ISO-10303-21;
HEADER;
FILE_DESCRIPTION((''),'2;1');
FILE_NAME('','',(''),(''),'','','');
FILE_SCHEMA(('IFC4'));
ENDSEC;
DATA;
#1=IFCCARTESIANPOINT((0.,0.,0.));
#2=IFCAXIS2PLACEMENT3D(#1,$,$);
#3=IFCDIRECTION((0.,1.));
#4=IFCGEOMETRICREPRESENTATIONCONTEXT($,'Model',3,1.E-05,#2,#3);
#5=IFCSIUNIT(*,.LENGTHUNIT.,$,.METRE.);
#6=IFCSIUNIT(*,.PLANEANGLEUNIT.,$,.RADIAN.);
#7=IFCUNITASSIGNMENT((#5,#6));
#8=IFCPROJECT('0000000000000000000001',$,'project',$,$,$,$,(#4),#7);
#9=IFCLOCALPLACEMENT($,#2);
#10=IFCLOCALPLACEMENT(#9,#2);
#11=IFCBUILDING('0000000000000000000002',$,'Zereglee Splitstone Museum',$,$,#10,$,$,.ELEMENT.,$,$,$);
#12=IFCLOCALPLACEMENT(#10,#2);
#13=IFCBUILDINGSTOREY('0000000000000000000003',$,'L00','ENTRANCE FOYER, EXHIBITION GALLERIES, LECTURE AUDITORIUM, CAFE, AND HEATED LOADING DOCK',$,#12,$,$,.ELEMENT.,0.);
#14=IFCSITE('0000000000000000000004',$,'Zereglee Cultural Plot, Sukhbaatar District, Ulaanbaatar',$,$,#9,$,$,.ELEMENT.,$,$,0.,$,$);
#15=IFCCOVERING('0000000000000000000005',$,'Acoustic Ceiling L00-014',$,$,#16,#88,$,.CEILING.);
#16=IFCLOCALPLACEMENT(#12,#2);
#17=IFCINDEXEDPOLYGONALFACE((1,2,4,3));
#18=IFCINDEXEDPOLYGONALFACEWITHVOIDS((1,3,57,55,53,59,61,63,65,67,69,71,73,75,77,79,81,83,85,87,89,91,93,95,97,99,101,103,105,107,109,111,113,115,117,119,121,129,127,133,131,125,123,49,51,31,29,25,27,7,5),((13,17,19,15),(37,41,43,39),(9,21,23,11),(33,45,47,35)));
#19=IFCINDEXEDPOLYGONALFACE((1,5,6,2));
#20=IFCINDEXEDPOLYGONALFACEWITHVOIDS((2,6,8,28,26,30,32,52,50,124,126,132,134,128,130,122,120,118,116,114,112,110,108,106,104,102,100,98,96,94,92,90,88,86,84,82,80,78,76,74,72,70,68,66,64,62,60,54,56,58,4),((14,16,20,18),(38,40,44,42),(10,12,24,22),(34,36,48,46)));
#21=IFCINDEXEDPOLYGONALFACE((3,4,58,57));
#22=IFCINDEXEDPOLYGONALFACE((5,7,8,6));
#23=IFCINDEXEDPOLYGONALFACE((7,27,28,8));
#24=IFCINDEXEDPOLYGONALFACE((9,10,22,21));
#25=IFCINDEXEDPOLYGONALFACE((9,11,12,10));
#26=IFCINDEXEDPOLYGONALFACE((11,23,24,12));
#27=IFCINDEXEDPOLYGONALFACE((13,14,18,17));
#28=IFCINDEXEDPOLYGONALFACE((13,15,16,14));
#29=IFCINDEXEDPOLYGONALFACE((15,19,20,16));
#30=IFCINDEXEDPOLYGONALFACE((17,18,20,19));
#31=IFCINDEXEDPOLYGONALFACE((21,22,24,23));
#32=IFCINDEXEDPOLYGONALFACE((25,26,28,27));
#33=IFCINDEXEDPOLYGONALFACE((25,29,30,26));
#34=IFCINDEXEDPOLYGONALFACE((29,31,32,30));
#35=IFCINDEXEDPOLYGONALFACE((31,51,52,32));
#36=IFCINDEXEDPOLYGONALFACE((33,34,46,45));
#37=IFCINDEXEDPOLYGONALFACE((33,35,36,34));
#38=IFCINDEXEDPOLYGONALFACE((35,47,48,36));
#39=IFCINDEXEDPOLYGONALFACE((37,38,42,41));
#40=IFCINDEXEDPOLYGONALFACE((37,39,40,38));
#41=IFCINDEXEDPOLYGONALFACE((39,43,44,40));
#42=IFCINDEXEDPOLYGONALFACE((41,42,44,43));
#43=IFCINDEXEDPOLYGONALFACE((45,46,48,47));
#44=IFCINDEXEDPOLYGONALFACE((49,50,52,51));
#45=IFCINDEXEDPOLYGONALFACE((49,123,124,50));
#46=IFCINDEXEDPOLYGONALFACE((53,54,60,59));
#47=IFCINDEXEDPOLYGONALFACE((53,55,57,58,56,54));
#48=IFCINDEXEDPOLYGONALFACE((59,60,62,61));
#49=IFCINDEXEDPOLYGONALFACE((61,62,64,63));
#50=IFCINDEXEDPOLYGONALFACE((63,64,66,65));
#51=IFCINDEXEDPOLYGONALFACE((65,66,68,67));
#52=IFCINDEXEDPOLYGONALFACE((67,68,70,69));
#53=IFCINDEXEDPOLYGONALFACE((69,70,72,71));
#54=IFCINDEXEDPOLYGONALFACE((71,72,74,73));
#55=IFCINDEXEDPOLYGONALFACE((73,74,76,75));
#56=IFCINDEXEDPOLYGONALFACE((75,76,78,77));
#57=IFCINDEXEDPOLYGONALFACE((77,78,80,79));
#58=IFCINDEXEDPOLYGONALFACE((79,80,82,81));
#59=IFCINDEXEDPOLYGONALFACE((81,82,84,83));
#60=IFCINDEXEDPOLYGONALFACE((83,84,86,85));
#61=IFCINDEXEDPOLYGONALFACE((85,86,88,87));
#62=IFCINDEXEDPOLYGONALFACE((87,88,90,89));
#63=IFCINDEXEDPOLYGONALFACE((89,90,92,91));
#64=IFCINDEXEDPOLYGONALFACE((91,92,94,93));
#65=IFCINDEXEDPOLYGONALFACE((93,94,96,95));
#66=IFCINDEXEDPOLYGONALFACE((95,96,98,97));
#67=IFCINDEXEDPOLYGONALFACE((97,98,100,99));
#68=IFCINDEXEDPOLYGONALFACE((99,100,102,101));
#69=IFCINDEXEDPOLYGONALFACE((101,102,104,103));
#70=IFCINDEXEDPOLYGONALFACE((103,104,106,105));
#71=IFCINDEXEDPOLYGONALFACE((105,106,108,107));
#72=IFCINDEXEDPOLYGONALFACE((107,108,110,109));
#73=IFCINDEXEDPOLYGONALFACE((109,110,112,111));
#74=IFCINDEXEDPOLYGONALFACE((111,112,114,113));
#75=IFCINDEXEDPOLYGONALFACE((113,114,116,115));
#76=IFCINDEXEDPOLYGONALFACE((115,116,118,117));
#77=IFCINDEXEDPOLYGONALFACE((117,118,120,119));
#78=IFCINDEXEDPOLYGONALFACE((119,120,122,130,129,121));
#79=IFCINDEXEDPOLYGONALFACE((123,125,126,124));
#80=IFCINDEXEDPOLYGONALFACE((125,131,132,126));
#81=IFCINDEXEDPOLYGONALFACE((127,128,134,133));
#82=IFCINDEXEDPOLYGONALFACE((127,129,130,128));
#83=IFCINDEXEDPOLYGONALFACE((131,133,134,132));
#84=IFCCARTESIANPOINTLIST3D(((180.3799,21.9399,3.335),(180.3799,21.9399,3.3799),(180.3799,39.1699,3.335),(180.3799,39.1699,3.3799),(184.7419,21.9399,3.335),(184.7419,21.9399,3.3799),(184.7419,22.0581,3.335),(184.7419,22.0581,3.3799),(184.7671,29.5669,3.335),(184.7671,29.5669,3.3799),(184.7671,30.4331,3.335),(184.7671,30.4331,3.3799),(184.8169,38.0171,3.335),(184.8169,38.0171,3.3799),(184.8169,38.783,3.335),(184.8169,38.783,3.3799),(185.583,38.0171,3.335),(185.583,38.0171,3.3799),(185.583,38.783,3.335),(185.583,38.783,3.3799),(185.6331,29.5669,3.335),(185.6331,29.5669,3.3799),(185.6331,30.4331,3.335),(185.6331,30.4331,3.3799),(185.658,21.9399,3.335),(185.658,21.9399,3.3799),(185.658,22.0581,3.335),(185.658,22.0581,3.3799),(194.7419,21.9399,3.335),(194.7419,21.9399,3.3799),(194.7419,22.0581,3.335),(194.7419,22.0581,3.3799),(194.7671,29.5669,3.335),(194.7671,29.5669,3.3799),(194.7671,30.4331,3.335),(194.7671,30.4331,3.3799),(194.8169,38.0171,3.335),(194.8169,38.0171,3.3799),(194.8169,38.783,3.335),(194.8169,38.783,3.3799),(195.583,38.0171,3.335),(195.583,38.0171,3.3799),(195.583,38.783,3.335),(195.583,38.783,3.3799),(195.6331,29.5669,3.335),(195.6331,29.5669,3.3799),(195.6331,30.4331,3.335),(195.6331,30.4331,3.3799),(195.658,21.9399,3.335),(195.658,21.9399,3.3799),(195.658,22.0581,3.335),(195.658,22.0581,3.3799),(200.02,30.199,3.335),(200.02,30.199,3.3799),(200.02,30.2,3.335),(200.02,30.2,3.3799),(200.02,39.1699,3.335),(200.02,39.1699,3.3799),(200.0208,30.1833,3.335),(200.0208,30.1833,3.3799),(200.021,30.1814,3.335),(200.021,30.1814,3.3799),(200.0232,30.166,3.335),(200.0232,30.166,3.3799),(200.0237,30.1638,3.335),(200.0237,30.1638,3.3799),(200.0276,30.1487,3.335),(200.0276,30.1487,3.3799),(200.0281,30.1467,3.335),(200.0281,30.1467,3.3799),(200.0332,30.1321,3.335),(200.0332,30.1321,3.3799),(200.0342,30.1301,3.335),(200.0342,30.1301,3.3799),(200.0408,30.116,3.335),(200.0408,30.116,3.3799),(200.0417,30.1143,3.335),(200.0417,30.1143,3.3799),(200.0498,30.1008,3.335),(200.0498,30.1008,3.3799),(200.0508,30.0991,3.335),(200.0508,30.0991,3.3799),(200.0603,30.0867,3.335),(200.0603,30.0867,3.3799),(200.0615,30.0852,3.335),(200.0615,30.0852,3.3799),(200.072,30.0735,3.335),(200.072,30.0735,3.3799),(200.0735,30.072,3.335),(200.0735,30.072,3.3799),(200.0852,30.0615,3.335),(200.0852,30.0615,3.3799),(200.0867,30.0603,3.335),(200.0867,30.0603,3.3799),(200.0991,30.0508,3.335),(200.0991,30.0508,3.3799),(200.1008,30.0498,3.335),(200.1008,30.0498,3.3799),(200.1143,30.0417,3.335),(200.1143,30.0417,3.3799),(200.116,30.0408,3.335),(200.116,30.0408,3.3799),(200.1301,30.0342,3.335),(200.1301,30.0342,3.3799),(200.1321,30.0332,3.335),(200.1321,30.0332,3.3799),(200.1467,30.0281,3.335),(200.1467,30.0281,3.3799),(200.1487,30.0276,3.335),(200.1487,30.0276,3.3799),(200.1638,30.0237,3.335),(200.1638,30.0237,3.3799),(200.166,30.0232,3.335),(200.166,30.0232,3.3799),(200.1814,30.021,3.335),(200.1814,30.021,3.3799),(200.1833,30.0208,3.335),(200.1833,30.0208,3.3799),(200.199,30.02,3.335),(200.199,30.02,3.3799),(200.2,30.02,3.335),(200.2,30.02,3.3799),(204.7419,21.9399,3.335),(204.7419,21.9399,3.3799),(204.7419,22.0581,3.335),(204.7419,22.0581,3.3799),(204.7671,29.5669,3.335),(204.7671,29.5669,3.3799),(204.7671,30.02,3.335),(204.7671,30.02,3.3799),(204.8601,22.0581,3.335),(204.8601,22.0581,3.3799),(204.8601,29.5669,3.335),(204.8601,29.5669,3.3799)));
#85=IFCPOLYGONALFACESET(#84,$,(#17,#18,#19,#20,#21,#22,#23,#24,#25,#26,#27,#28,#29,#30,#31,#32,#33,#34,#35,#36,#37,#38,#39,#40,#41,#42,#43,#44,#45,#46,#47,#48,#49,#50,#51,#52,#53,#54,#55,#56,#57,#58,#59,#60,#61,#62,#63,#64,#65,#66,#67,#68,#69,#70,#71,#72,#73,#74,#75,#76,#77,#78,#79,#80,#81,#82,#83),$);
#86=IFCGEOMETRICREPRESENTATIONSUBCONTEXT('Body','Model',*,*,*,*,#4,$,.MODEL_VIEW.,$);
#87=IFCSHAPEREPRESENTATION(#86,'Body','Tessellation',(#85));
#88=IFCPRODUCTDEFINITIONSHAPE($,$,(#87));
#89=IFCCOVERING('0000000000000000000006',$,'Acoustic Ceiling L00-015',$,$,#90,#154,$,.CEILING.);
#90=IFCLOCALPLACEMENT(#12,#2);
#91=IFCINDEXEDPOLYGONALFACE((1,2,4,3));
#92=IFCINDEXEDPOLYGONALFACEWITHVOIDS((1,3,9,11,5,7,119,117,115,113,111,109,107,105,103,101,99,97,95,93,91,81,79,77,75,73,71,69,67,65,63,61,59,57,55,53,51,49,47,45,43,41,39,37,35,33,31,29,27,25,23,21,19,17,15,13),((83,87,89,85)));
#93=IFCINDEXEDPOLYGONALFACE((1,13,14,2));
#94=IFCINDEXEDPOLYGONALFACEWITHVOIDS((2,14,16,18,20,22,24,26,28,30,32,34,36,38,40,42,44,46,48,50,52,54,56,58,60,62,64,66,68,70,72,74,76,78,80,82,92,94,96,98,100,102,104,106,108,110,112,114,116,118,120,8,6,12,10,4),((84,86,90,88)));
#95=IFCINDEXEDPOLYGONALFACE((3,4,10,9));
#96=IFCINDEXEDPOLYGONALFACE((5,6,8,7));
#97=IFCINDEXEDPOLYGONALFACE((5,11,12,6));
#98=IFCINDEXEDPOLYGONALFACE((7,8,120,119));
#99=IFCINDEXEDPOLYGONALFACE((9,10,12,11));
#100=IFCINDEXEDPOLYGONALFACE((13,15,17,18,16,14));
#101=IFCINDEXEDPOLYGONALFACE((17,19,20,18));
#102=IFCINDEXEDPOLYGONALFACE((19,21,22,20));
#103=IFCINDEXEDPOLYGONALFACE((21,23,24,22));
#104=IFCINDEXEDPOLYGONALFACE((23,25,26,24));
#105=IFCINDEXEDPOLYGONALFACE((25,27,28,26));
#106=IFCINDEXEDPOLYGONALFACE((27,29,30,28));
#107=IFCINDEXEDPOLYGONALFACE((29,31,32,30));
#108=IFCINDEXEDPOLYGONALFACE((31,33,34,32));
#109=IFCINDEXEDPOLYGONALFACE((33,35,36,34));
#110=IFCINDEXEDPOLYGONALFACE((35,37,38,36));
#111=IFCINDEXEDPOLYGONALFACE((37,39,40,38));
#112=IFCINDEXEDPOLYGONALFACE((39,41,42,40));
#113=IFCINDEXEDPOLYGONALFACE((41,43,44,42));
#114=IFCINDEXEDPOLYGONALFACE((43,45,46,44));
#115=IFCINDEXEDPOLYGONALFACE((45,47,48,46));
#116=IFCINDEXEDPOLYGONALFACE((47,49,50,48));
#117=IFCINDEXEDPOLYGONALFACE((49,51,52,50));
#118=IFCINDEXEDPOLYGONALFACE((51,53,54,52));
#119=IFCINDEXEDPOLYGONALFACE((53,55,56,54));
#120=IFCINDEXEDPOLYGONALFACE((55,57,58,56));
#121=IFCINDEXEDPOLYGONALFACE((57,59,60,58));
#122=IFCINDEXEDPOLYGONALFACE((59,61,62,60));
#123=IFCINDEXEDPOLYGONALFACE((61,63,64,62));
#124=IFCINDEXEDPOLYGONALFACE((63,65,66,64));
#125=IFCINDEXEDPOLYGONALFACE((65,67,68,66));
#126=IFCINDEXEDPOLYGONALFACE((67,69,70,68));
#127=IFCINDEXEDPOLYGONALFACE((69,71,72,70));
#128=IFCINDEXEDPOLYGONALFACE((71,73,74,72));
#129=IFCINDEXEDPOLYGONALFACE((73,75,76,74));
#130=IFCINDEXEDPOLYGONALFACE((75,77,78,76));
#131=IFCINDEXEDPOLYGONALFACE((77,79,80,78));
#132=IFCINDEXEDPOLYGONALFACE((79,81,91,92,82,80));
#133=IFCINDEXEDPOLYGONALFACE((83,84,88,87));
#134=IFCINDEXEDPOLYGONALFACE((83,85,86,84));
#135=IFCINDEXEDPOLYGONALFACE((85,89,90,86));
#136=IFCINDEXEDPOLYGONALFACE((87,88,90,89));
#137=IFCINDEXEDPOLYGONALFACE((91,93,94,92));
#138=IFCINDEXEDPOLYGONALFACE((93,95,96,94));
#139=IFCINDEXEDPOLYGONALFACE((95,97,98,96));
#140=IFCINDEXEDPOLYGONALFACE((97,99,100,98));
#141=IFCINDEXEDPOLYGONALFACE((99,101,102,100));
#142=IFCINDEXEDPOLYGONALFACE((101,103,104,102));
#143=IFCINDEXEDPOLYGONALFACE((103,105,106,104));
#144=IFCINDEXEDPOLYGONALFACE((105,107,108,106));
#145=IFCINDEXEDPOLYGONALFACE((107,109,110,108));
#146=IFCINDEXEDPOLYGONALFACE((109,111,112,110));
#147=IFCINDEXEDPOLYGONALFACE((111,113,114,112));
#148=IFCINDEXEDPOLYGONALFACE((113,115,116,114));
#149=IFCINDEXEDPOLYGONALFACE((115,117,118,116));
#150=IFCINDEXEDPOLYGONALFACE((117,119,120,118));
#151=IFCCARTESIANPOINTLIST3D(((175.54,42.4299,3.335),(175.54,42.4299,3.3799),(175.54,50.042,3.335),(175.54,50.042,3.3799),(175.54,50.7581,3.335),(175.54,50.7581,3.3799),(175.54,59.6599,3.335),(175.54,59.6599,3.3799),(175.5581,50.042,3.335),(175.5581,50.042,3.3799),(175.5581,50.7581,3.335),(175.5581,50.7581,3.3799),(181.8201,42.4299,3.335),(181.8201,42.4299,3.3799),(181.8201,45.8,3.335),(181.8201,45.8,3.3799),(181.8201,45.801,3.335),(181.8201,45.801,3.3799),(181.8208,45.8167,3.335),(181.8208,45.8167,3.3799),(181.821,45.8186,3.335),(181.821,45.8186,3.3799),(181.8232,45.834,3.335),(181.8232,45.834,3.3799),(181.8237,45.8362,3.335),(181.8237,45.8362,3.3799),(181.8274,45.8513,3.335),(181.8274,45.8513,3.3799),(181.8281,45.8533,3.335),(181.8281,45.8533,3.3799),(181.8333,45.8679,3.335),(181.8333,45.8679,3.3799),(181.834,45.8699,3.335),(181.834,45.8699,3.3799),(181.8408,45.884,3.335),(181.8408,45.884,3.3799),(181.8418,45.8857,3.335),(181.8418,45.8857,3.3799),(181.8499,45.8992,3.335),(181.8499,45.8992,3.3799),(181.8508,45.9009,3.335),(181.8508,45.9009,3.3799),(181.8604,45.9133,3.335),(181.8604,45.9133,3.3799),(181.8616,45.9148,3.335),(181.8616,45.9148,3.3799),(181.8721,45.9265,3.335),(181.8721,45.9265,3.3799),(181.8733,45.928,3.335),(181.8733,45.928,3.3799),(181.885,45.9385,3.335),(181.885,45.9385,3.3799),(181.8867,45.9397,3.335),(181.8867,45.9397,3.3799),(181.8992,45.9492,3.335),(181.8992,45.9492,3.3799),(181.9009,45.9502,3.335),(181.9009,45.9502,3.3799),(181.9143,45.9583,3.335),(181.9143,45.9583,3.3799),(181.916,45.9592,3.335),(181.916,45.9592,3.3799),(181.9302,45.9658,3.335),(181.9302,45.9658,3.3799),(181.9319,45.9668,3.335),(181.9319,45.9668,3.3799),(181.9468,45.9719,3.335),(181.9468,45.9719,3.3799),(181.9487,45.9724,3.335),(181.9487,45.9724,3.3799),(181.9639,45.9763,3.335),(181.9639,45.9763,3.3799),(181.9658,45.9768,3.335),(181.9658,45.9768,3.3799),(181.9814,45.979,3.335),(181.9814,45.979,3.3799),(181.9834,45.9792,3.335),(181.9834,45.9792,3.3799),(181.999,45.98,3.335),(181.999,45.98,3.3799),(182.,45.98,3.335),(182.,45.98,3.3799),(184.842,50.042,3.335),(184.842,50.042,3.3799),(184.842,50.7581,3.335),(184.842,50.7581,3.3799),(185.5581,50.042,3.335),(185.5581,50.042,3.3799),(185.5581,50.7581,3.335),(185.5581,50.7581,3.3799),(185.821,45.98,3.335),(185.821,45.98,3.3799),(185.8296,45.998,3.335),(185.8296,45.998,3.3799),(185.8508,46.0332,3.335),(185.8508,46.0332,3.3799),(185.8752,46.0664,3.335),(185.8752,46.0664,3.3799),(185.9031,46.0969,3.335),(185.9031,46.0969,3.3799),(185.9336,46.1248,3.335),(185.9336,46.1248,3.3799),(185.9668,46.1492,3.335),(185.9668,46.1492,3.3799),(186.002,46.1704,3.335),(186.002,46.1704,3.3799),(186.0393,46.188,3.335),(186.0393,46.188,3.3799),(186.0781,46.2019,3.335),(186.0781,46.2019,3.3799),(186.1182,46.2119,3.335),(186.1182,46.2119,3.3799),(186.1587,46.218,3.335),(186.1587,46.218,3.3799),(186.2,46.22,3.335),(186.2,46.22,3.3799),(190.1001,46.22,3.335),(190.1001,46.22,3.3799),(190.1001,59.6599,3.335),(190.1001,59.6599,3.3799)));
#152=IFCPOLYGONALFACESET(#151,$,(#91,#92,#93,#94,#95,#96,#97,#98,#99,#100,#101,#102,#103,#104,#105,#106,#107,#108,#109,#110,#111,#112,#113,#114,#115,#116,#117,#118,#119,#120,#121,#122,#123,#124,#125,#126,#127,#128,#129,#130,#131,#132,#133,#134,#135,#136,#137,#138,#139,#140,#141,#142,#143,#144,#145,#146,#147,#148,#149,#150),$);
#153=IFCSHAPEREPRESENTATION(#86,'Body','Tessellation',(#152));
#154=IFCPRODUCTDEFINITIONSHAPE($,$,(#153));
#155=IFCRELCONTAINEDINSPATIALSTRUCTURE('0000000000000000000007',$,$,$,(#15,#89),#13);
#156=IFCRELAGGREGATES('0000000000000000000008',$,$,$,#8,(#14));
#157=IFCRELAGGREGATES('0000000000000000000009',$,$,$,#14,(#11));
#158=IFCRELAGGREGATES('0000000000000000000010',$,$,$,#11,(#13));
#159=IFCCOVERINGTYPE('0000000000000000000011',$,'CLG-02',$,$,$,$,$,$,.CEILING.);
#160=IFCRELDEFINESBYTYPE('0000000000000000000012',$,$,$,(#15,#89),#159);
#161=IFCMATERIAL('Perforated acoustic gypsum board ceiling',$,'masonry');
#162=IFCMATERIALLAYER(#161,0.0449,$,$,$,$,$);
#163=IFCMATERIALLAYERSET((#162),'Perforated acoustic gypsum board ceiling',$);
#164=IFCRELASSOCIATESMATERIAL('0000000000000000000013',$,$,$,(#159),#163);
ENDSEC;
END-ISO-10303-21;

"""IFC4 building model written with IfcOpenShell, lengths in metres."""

from ifc_helpers import new_model, si_unit, direction, frame, origin, place, context, subcontext, project, spatial, polyline, outline, extrude, material, layer, layer_set, type_object, element, save


model = new_model("IFC4")

# Units and contexts
model_context = context("Model", 3, precision=1e-05, world=origin(), true_north=direction((0.0, 1.0)))
body_context = subcontext(model_context, "Body", "Model", "MODEL_VIEW")
ifc_project = project(units=[si_unit("LENGTHUNIT", "METRE"), si_unit("PLANEANGLEUNIT", "RADIAN")], contexts=[model_context])

# Site, building, storey
site_placement = place(None, origin())
site = spatial("IfcSite", under=ifc_project, at=site_placement, Name="Zereglee Cultural Plot, Sukhbaatar District, Ulaanbaatar", CompositionType="ELEMENT", RefElevation=0.0)
building_placement = place(site_placement, origin())
building = spatial("IfcBuilding", under=site, at=building_placement, Name="Zereglee Splitstone Museum", CompositionType="ELEMENT")
storey_placement = place(building_placement, origin())
storey = spatial("IfcBuildingStorey", under=building, at=storey_placement, Name="L00", Description="ENTRANCE FOYER, EXHIBITION GALLERIES, LECTURE AUDITORIUM, CAFE, AND HEATED LOADING DOCK", CompositionType="ELEMENT", Elevation=0.0)

# Coverings
ifc_material_1 = material(Name="Perforated acoustic gypsum board ceiling", Category="masonry")
ifc_layer_1 = layer(ifc_material_1, 0.0449)
ifc_layer_set_1 = layer_set([ifc_layer_1], Name="Perforated acoustic gypsum board ceiling")
covering_type_1 = type_object("IfcCoveringType", Name="CLG-02", PredefinedType="CEILING", material=ifc_layer_set_1)
covering_1_placement = place(storey_placement, frame((0.0, 0.0, 3.335)))
element("IfcCovering", 1, at=covering_1_placement, inside=storey, type_object=covering_type_1, Name="Acoustic Ceiling L00-014", PredefinedType="CEILING", context=body_context, shape_type="SweptSolid", body=[
    extrude(outline(polyline([(180.3799, 39.1699), (200.02, 39.1699), (200.02, 30.2), (200.02, 30.199), (200.0208, 30.1833), (200.021, 30.1814), (200.0232, 30.166), (200.0237, 30.1638), (200.0276, 30.1487), (200.0281, 30.1467), (200.0332, 30.1321), (200.0342, 30.1301), (200.0408, 30.116), (200.0417, 30.1143), (200.0498, 30.1008), (200.0508, 30.0991), (200.0603, 30.0867), (200.0615, 30.0852), (200.072, 30.0735), (200.0735, 30.072), (200.0852, 30.0615), (200.0867, 30.0603), (200.0991, 30.0508), (200.1008, 30.0498), (200.1143, 30.0417), (200.116, 30.0408), (200.1301, 30.0342), (200.1321, 30.0332), (200.1467, 30.0281), (200.1487, 30.0276), (200.1638, 30.0237), (200.166, 30.0232), (200.1814, 30.021), (200.1833, 30.0208), (200.199, 30.02), (200.2, 30.02), (204.7671, 30.02), (204.7671, 29.5669), (204.8601, 29.5669), (204.8601, 22.0581), (204.7419, 22.0581), (204.7419, 21.9399), (195.658, 21.9399), (195.658, 22.0581), (194.7419, 22.0581), (194.7419, 21.9399), (185.658, 21.9399), (185.658, 22.0581), (184.7419, 22.0581), (184.7419, 21.9399), (180.3799, 21.9399), (180.3799, 39.1699)]), holes=[polyline([(194.7671, 30.4331), (194.7671, 29.5669), (195.6331, 29.5669), (195.6331, 30.4331), (194.7671, 30.4331)]), polyline([(185.6331, 30.4331), (184.7671, 30.4331), (184.7671, 29.5669), (185.6331, 29.5669), (185.6331, 30.4331)]), polyline([(194.8169, 38.783), (194.8169, 38.0171), (195.583, 38.0171), (195.583, 38.783), (194.8169, 38.783)]), polyline([(185.583, 38.783), (184.8169, 38.783), (184.8169, 38.0171), (185.583, 38.0171), (185.583, 38.783)])]), origin(), (0.0, 0.0, 1.0), 0.0449),
])
covering_2_placement = place(storey_placement, frame((0.0, 0.0, 3.335)))
element("IfcCovering", 2, at=covering_2_placement, inside=storey, type_object=covering_type_1, Name="Acoustic Ceiling L00-015", PredefinedType="CEILING", context=body_context, shape_type="SweptSolid", body=[
    extrude(outline(polyline([(181.999, 45.98), (181.9834, 45.9792), (181.9814, 45.979), (181.9658, 45.9768), (181.9639, 45.9763), (181.9487, 45.9724), (181.9468, 45.9719), (181.9319, 45.9668), (181.9302, 45.9658), (181.916, 45.9592), (181.9143, 45.9583), (181.9009, 45.9502), (181.8992, 45.9492), (181.8867, 45.9397), (181.885, 45.9385), (181.8733, 45.928), (181.8721, 45.9265), (181.8616, 45.9148), (181.8604, 45.9133), (181.8508, 45.9009), (181.8499, 45.8992), (181.8418, 45.8857), (181.8408, 45.884), (181.834, 45.8699), (181.8333, 45.8679), (181.8281, 45.8533), (181.8274, 45.8513), (181.8237, 45.8362), (181.8232, 45.834), (181.821, 45.8186), (181.8208, 45.8167), (181.8201, 45.801), (181.8201, 45.8), (181.8201, 42.4299), (175.54, 42.4299), (175.54, 50.042), (175.5581, 50.042), (175.5581, 50.7581), (175.54, 50.7581), (175.54, 59.6599), (190.1001, 59.6599), (190.1001, 46.22), (186.2, 46.22), (186.1587, 46.218), (186.1182, 46.2119), (186.0781, 46.2019), (186.0393, 46.188), (186.002, 46.1704), (185.9668, 46.1492), (185.9336, 46.1248), (185.9031, 46.0969), (185.8752, 46.0664), (185.8508, 46.0332), (185.8296, 45.998), (185.821, 45.98), (182.0, 45.98), (181.999, 45.98)]), holes=[polyline([(185.5581, 50.7581), (184.842, 50.7581), (184.842, 50.042), (185.5581, 50.042), (185.5581, 50.7581)])]), origin(), (0.0, 0.0, 1.0), 0.0449),
])

save(model, "model.ifc")
